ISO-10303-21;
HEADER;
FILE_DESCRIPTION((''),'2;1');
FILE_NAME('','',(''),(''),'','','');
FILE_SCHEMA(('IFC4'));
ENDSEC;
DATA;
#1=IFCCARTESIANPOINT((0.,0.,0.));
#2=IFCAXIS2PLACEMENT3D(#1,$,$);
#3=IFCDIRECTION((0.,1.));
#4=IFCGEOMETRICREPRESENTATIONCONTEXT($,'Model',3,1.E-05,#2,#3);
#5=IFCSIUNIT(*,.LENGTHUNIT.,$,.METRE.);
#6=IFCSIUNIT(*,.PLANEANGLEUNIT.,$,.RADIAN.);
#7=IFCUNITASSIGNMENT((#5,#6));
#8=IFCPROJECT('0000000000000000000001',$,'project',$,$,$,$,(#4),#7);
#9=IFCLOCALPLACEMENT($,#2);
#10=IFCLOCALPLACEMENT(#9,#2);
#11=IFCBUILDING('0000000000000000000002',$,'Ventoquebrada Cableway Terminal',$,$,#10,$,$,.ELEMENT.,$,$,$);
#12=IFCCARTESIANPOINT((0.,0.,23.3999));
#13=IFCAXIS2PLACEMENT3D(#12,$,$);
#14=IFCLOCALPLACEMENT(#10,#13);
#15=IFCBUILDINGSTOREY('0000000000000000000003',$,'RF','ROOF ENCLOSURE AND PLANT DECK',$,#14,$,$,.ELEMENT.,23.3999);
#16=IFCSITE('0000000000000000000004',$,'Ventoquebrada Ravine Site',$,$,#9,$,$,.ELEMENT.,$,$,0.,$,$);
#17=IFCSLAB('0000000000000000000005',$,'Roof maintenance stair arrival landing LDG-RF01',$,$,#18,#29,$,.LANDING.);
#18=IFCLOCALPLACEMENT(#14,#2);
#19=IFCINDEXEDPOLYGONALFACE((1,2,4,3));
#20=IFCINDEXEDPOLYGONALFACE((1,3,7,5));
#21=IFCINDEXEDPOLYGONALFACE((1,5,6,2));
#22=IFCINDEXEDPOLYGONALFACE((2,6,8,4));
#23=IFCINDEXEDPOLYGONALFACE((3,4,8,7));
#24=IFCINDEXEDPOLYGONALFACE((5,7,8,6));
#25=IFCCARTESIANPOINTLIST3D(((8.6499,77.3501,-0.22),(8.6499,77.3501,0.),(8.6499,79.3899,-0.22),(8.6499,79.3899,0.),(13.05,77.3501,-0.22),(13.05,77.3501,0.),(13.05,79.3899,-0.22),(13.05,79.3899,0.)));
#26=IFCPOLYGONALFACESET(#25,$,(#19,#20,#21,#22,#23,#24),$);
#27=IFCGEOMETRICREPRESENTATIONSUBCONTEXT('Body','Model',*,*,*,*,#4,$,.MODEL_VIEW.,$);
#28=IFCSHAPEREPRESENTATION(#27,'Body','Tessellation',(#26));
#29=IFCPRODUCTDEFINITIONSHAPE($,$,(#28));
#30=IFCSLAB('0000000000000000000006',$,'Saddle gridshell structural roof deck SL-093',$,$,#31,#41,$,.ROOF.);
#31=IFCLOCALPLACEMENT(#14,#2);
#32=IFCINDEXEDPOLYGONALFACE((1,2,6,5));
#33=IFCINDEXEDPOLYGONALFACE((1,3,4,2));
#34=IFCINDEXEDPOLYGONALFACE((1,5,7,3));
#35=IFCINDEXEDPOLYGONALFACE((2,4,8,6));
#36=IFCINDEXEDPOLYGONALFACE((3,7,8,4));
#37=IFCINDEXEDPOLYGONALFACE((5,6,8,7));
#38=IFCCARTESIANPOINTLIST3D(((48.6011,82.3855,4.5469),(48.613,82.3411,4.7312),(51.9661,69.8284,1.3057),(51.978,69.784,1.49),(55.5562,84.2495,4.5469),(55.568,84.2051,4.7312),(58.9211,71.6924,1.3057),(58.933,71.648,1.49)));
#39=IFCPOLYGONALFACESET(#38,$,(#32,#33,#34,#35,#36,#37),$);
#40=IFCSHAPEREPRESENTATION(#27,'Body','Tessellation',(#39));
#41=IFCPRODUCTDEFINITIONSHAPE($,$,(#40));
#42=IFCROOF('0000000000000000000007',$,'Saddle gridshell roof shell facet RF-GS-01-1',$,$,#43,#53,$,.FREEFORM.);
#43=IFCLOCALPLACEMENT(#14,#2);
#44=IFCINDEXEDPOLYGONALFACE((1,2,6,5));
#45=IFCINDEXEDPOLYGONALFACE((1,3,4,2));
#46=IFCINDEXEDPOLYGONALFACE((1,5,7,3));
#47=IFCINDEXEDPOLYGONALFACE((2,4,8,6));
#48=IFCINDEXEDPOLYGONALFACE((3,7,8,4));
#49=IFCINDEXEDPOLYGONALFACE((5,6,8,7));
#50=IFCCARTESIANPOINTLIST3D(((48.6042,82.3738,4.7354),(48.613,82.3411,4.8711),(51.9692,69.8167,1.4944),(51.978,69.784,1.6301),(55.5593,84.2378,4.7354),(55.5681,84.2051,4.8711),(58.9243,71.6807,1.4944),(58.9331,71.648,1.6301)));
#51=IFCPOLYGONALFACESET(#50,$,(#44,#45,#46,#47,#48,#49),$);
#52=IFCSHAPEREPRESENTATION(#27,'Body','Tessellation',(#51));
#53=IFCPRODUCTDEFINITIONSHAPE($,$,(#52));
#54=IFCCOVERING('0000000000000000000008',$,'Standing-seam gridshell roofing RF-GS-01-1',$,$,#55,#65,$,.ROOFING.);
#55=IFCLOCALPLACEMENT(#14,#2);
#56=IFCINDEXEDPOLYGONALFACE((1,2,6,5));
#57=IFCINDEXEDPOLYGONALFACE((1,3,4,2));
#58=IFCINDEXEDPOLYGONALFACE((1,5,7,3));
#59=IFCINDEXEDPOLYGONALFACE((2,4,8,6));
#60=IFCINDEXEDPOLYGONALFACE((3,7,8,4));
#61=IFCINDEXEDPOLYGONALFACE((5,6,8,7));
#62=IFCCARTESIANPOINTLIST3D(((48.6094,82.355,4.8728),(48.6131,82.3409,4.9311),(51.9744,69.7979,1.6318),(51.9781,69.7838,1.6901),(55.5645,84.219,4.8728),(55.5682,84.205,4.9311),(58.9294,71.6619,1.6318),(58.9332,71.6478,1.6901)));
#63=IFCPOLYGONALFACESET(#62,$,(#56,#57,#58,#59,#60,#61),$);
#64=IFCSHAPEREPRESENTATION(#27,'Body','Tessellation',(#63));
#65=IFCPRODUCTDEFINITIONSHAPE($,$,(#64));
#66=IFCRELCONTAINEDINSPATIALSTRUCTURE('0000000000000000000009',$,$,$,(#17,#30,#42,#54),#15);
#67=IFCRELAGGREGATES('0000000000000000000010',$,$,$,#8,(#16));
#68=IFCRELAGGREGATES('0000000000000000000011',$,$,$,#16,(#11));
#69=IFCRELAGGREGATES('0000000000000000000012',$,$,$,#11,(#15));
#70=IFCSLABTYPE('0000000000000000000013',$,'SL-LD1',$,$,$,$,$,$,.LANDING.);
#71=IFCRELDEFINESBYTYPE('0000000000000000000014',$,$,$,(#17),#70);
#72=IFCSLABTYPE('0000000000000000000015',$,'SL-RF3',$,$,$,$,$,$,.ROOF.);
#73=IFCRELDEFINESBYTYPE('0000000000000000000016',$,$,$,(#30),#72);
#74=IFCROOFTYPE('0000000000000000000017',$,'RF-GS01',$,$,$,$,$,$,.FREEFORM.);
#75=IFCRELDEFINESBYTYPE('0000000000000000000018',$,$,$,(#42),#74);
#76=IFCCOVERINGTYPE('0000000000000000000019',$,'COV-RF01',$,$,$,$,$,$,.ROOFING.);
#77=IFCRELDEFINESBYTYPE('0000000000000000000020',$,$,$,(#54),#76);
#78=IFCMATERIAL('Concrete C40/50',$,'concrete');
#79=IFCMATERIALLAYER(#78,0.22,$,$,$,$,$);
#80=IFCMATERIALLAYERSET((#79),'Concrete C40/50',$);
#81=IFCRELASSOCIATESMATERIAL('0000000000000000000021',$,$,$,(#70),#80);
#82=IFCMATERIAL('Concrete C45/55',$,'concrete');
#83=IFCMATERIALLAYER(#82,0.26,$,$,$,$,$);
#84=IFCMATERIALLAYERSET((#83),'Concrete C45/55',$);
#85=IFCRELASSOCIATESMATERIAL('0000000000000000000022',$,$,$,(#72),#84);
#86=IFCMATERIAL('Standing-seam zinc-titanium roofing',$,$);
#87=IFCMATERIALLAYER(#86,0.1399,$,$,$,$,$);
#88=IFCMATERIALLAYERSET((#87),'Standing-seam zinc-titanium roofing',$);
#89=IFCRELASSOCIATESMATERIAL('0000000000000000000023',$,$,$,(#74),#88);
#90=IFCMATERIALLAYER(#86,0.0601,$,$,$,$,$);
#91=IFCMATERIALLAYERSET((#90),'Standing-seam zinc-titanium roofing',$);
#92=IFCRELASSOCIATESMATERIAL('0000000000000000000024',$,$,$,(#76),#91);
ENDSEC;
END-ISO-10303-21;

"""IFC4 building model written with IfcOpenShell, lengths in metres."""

from ifc_helpers import new_model, si_unit, direction, frame, origin, place, context, subcontext, project, spatial, polyline, outline, extrude, material, layer, layer_set, type_object, element, save


model = new_model("IFC4")

# Units and contexts
model_context = context("Model", 3, precision=1e-05, world=origin(), true_north=direction((0.0, 1.0)))
body_context = subcontext(model_context, "Body", "Model", "MODEL_VIEW")
ifc_project = project(units=[si_unit("LENGTHUNIT", "METRE"), si_unit("PLANEANGLEUNIT", "RADIAN")], contexts=[model_context])

# Site, building, storey
site_placement = place(None, origin())
site = spatial("IfcSite", under=ifc_project, at=site_placement, Name="Ventoquebrada Ravine Site", CompositionType="ELEMENT", RefElevation=0.0)
building_placement = place(site_placement, origin())
building = spatial("IfcBuilding", under=site, at=building_placement, Name="Ventoquebrada Cableway Terminal", CompositionType="ELEMENT")
storey_placement = place(building_placement, frame((0.0, 0.0, 23.3999)))
storey = spatial("IfcBuildingStorey", under=building, at=storey_placement, Name="RF", Description="ROOF ENCLOSURE AND PLANT DECK", CompositionType="ELEMENT", Elevation=23.3999)

# Slabs
ifc_material_1 = material(Name="Concrete C40/50", Category="concrete")
ifc_layer_1 = layer(ifc_material_1, 0.22)
ifc_layer_set_1 = layer_set([ifc_layer_1], Name="Concrete C40/50")
slab_type_1 = type_object("IfcSlabType", Name="SL-LD1", PredefinedType="LANDING", material=ifc_layer_set_1)
slab_1_placement = place(storey_placement, frame((0.0, 0.0, -0.22)))
element("IfcSlab", 1, at=slab_1_placement, inside=storey, type_object=slab_type_1, Name="Roof maintenance stair arrival landing LDG-RF01", PredefinedType="LANDING", context=body_context, shape_type="SweptSolid", body=[
    extrude(outline(polyline([(8.6499, 77.3501), (13.05, 77.3501), (13.05, 79.3899), (8.6499, 79.3899), (8.6499, 77.3501)])), origin(), (0.0, 0.0, 1.0), 0.22),
])
ifc_material_2 = material(Name="Concrete C45/55", Category="concrete")
ifc_layer_2 = layer(ifc_material_2, 0.26)
ifc_layer_set_2 = layer_set([ifc_layer_2], Name="Concrete C45/55")
slab_type_2 = type_object("IfcSlabType", Name="SL-RF3", PredefinedType="ROOF", material=ifc_layer_set_2)
slab_2_placement = place(storey_placement, frame((51.9661, 69.8284, 1.3057), z_axis=(0.062625, -0.233669, 0.970297), x_axis=(0.965912, 0.258872, 0.0)))
element("IfcSlab", 2, at=slab_2_placement, inside=storey, type_object=slab_type_2, Name="Saddle gridshell structural roof deck SL-093", PredefinedType="ROOF", context=body_context, shape_type="SweptSolid", body=[
    extrude(outline(polyline([(0.0, 0.0), (7.2005, 0.0), (7.2009, 13.3981), (0.0004, 13.3981), (0.0, 0.0)])), origin(), (0.0, 0.0, 1.0), 0.1899),
])

# Roof
ifc_material_3 = material(Name="Standing-seam zinc-titanium roofing")
ifc_layer_3 = layer(ifc_material_3, 0.1399)
ifc_layer_set_3 = layer_set([ifc_layer_3], Name="Standing-seam zinc-titanium roofing")
roof_type = type_object("IfcRoofType", Name="RF-GS01", PredefinedType="FREEFORM", material=ifc_layer_set_3)
roof_placement = place(storey_placement, frame((51.9692, 69.8167, 1.4944), z_axis=(0.062621, -0.233652, 0.970302), x_axis=(0.965912, 0.258872, 0.0)))
element("IfcRoof", 3, at=roof_placement, inside=storey, type_object=roof_type, Name="Saddle gridshell roof shell facet RF-GS-01-1", PredefinedType="FREEFORM", context=body_context, shape_type="SweptSolid", body=[
    extrude(outline(polyline([(0.0, 0.0), (7.2005, 0.0), (7.2009, 13.3981), (0.0004, 13.3981), (0.0, 0.0)])), origin(), (0.0, 0.0, 1.0), 0.1399),
])

# Covering
ifc_layer_4 = layer(ifc_material_3, 0.0601)
ifc_layer_set_4 = layer_set([ifc_layer_4], Name="Standing-seam zinc-titanium roofing")
covering_type = type_object("IfcCoveringType", Name="COV-RF01", PredefinedType="ROOFING", material=ifc_layer_set_4)
covering_placement = place(storey_placement, frame((51.9744, 69.7979, 1.6318), z_axis=(0.062621, -0.233652, 0.970302), x_axis=(0.965912, 0.258872, 0.0)))
element("IfcCovering", 4, at=covering_placement, inside=storey, type_object=covering_type, Name="Standing-seam gridshell roofing RF-GS-01-1", PredefinedType="ROOFING", context=body_context, shape_type="SweptSolid", body=[
    extrude(outline(polyline([(0.0, 0.0), (7.2005, 0.0), (7.2009, 13.3981), (0.0004, 13.3981), (0.0, 0.0)])), origin(), (0.0, 0.0, 1.0), 0.0601),
])

save(model, "model.ifc")
